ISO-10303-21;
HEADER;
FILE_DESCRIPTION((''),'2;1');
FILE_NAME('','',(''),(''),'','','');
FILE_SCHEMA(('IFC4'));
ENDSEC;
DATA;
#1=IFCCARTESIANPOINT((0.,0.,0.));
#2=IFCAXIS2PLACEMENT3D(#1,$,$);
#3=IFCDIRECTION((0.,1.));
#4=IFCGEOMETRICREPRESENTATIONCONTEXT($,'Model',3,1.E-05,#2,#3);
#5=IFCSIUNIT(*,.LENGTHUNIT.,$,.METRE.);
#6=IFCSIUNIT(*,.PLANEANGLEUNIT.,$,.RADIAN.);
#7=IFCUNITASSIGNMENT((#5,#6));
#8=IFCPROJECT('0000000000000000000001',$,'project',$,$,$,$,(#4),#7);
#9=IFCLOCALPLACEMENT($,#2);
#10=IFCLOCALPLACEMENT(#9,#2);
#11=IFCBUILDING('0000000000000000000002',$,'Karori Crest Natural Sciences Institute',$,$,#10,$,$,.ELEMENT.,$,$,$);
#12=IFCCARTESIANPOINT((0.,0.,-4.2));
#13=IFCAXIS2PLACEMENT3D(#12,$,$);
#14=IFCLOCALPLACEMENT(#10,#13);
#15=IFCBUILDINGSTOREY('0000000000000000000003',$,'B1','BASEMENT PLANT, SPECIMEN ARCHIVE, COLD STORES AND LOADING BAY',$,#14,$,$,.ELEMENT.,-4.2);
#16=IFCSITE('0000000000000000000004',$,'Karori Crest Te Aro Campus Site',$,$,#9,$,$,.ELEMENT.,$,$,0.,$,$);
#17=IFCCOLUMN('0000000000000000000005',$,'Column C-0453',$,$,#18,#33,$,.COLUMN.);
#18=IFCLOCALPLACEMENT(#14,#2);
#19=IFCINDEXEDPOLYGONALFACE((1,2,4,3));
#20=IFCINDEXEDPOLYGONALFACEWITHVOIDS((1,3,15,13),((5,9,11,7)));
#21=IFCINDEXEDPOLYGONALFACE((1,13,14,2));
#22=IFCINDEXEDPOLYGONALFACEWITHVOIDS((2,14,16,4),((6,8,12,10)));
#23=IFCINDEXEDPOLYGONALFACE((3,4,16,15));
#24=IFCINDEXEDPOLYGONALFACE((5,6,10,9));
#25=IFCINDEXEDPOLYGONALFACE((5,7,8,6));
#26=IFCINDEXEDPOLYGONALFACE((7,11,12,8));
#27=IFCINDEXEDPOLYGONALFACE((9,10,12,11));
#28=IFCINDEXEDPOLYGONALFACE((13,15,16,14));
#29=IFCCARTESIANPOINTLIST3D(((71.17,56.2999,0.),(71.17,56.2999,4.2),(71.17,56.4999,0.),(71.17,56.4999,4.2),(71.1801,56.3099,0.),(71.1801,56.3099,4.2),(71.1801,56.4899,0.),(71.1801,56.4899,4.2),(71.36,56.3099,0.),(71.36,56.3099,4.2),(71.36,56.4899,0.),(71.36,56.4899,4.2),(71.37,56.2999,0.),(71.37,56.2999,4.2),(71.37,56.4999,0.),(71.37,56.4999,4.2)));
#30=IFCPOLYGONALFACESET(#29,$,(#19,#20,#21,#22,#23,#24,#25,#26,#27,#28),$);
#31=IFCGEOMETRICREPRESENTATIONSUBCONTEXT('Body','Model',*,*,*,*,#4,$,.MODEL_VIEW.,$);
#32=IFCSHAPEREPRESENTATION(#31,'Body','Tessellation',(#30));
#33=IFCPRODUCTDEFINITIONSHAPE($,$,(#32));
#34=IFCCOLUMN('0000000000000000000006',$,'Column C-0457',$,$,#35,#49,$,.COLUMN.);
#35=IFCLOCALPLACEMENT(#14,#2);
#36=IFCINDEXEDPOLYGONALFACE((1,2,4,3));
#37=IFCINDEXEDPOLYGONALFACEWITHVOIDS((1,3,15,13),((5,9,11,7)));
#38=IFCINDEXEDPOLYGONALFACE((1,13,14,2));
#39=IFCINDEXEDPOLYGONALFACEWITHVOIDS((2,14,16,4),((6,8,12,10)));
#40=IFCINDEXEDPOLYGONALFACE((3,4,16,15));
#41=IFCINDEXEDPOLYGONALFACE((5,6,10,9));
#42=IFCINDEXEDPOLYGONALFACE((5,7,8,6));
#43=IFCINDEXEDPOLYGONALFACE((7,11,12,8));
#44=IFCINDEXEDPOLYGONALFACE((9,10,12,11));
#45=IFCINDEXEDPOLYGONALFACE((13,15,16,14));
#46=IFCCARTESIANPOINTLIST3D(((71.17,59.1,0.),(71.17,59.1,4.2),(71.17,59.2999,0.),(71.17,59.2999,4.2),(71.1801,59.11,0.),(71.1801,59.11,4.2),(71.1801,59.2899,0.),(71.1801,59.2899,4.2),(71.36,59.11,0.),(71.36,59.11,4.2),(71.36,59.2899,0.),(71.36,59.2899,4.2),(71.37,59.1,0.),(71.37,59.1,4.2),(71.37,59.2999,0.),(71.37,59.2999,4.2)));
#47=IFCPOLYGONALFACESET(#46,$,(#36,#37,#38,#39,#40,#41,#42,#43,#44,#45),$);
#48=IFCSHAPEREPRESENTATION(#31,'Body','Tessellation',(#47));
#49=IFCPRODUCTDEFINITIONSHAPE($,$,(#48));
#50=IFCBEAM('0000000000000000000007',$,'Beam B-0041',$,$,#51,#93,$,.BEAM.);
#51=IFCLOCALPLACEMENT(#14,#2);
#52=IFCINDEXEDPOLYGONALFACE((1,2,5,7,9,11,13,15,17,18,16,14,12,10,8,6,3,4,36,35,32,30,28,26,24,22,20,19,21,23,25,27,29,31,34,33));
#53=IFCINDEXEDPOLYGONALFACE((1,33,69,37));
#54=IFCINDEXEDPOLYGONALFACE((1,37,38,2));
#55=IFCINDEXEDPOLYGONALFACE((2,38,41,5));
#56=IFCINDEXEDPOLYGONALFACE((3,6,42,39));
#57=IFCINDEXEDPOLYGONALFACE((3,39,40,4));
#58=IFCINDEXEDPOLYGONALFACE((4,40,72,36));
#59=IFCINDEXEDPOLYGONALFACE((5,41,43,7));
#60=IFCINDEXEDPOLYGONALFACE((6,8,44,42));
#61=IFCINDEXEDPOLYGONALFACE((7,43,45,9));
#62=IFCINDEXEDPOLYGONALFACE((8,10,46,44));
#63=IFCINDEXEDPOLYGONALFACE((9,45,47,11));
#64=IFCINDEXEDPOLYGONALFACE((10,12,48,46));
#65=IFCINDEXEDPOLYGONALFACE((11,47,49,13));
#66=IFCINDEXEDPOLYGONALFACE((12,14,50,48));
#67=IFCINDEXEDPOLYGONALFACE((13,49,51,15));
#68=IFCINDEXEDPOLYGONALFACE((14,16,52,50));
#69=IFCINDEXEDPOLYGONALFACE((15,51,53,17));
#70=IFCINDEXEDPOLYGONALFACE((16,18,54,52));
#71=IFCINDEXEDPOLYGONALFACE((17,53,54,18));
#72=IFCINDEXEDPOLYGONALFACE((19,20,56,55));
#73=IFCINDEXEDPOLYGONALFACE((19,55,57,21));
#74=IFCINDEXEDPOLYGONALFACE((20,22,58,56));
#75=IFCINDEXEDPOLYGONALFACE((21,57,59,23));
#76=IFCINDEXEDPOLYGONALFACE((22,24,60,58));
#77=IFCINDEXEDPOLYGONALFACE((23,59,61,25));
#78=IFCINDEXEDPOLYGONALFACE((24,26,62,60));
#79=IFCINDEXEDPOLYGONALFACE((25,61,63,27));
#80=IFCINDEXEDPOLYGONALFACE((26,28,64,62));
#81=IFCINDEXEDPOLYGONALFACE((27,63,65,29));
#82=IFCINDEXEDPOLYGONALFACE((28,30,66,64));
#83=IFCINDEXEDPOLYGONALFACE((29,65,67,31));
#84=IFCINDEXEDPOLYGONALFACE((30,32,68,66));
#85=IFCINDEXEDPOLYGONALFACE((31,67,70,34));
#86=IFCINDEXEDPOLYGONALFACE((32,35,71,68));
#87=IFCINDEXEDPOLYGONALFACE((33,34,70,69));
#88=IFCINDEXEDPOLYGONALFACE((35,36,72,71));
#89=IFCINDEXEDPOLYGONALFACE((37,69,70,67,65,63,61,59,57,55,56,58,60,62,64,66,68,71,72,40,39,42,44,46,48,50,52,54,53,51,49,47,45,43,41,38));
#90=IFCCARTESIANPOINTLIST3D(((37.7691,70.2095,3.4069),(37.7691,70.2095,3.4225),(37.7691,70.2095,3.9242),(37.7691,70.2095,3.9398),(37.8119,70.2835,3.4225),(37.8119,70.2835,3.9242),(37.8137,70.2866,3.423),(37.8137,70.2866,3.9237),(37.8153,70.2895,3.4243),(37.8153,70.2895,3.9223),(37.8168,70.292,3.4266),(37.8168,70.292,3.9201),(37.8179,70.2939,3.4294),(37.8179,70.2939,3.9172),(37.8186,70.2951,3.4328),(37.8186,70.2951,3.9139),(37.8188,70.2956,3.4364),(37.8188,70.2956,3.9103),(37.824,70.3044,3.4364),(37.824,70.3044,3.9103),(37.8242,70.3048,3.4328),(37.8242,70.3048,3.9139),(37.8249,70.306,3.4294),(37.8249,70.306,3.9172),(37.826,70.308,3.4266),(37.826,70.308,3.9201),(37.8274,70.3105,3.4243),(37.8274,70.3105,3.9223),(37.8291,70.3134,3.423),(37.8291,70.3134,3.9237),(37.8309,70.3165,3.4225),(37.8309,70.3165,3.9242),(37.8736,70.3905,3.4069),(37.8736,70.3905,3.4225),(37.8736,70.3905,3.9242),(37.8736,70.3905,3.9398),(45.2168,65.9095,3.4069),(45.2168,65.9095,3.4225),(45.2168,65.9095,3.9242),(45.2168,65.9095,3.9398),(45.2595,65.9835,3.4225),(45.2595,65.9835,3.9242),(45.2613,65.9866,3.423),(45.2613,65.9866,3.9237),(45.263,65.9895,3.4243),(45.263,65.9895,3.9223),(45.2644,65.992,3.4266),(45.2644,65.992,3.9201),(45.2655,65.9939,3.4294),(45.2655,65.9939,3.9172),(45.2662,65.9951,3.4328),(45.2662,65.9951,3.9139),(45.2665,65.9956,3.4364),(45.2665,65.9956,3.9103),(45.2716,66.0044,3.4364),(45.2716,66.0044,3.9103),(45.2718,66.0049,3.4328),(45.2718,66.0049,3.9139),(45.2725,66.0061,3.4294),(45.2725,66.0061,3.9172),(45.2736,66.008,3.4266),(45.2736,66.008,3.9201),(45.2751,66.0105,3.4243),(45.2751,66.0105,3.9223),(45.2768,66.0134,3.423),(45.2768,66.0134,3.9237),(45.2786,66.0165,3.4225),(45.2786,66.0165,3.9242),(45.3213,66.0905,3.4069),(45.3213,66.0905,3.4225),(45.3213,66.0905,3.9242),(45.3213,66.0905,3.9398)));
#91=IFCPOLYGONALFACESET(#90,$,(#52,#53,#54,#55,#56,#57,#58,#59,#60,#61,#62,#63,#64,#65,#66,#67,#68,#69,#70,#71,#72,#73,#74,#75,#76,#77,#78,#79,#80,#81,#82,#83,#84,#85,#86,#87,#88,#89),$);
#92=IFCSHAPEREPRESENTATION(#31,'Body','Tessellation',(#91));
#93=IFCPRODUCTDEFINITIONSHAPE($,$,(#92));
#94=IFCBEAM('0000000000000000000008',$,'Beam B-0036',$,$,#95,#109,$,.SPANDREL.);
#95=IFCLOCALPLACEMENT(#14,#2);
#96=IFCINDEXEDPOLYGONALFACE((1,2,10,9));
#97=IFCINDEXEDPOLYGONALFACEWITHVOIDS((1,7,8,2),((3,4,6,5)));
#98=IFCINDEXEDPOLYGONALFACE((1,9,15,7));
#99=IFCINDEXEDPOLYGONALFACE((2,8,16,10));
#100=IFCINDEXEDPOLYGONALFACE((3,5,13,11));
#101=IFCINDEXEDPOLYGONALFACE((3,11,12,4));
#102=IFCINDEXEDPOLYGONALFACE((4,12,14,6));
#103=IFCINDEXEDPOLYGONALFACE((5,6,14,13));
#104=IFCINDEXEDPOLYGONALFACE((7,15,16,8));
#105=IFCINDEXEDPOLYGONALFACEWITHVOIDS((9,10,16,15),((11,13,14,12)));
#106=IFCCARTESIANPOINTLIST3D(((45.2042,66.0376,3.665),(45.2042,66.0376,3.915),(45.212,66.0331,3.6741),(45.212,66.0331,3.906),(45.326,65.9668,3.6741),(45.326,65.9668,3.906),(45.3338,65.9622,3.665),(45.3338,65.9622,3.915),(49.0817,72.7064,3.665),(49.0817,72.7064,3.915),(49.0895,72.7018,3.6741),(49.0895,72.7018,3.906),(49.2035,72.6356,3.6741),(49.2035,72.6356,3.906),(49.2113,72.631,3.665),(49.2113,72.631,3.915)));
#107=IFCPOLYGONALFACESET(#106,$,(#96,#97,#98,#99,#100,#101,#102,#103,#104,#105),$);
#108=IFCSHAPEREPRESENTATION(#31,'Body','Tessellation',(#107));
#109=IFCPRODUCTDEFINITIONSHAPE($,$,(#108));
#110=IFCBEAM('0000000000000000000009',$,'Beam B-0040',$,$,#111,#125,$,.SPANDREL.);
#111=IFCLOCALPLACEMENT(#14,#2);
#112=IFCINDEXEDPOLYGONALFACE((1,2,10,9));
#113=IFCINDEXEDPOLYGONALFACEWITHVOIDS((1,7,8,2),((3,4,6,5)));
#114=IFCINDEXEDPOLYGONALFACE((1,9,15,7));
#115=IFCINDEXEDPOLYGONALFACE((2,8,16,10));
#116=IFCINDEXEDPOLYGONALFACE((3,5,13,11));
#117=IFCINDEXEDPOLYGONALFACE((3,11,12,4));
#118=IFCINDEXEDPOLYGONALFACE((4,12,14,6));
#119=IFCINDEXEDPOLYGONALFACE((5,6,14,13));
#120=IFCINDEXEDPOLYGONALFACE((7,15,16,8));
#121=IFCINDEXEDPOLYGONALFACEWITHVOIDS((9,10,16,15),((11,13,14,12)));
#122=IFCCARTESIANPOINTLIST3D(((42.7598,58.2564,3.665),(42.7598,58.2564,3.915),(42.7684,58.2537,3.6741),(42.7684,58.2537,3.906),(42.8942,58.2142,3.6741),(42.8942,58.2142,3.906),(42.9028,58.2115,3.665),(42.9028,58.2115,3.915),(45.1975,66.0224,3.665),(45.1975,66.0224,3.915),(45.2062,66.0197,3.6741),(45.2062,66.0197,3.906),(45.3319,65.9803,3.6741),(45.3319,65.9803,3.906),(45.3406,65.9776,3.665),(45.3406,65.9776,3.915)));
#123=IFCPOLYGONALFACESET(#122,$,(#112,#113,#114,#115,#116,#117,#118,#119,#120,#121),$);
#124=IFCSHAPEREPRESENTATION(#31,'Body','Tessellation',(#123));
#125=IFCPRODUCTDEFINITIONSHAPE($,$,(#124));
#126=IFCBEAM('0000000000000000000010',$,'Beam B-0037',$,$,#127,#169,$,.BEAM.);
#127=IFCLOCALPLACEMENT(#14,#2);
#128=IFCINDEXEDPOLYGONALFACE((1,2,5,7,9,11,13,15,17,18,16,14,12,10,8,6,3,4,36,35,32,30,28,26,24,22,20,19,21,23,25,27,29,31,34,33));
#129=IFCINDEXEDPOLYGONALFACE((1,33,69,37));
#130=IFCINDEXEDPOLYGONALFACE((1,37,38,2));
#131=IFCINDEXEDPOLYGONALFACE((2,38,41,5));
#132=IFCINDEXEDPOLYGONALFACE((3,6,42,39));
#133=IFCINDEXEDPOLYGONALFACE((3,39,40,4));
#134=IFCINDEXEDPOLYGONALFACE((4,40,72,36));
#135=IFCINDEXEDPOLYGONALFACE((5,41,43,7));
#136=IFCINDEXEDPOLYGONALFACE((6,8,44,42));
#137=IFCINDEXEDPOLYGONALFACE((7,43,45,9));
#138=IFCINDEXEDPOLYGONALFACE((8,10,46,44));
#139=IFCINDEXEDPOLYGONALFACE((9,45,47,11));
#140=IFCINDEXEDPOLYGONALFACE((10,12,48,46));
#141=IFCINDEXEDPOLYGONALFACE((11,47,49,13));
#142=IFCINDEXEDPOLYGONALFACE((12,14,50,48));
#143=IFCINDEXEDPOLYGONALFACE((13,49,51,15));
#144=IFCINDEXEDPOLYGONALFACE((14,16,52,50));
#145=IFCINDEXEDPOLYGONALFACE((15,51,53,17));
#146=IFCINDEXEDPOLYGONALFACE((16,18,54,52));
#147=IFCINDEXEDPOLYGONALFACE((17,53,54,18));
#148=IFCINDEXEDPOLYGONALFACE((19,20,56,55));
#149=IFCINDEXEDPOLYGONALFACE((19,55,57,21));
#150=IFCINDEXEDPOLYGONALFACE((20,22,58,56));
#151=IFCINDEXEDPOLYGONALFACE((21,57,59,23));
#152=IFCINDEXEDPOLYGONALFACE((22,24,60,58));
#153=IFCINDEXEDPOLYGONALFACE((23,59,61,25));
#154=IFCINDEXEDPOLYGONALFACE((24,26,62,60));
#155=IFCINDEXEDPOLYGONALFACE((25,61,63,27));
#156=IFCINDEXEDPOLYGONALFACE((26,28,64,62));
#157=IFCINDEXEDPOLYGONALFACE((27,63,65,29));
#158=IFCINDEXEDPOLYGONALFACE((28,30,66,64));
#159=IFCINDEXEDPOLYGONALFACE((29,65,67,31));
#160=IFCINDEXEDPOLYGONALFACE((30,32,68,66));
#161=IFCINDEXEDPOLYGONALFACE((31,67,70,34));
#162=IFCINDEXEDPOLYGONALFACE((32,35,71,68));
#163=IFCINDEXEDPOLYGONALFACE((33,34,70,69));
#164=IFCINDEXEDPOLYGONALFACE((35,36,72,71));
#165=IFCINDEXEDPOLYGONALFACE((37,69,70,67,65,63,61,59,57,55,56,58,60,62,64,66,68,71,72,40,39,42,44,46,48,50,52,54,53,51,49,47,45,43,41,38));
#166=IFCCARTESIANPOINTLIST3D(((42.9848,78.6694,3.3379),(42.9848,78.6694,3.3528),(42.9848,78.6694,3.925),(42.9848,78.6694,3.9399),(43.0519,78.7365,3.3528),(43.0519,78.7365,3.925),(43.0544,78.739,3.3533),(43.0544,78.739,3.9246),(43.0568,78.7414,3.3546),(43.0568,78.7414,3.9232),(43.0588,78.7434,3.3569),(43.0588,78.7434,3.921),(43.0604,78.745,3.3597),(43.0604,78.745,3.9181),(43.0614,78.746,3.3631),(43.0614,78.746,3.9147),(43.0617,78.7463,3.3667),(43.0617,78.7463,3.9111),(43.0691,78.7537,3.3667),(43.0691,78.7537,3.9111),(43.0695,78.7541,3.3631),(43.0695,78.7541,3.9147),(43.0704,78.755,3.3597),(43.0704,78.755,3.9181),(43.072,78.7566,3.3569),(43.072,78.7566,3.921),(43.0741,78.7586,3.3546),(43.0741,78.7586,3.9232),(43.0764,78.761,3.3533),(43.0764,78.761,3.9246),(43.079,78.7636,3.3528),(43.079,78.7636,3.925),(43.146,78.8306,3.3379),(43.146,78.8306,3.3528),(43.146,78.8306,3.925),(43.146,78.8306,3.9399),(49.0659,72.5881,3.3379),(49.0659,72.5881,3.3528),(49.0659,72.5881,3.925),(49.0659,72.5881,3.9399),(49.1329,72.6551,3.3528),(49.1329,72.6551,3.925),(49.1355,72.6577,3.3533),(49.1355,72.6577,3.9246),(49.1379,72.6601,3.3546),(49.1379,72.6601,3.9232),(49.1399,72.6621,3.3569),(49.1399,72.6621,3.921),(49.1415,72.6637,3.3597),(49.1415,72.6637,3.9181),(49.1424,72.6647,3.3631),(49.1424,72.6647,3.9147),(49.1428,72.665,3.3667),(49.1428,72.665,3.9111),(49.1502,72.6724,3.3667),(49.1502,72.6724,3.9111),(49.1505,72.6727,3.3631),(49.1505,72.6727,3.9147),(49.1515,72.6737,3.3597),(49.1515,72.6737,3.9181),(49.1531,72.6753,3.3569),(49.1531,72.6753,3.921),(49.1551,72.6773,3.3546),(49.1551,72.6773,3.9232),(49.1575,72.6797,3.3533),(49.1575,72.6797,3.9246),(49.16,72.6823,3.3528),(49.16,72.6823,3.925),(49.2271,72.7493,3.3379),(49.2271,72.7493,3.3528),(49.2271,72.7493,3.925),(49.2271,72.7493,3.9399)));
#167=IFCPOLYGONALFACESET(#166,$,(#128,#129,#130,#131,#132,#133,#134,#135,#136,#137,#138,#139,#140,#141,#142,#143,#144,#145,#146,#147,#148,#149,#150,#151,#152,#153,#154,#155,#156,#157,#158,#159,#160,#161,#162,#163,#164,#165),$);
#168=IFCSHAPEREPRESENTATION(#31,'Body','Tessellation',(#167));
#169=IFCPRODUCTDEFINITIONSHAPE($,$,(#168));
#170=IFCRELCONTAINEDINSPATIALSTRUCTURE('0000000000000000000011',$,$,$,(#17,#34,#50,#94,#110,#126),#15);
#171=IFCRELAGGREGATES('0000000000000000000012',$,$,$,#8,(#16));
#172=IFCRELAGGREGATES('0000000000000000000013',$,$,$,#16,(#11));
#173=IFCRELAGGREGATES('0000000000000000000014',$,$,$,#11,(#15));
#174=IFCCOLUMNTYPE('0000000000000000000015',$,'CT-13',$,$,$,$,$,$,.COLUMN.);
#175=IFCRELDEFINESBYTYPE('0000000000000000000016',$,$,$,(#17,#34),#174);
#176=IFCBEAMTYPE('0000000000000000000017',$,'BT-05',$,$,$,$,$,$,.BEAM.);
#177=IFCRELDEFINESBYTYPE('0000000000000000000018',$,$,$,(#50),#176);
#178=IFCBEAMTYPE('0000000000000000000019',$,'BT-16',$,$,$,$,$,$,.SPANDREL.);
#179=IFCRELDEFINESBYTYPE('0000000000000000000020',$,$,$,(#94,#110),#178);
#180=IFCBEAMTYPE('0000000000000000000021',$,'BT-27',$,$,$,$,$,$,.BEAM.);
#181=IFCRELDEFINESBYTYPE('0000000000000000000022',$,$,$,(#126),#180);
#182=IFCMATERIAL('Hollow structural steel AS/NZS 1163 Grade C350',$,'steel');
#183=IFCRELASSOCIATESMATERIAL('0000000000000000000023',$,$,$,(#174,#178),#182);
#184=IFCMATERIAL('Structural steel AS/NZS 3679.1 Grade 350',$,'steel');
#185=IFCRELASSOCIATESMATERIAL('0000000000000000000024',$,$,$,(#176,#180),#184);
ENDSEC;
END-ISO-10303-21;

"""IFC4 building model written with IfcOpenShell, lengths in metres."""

from ifc_helpers import new_model, si_unit, direction, frame, origin, origin_2d, place, context, subcontext, project, spatial, hollow_rectangle, i_section, extrude, material, material_profile, profile_set, type_object, element, save


model = new_model("IFC4")

# Units and contexts
model_context = context("Model", 3, precision=1e-05, world=origin(), true_north=direction((0.0, 1.0)))
body_context = subcontext(model_context, "Body", "Model", "MODEL_VIEW")
ifc_project = project(units=[si_unit("LENGTHUNIT", "METRE"), si_unit("PLANEANGLEUNIT", "RADIAN")], contexts=[model_context])

# Site, building, storey
site_placement = place(None, origin())
site = spatial("IfcSite", under=ifc_project, at=site_placement, Name="Karori Crest Te Aro Campus Site", CompositionType="ELEMENT", RefElevation=0.0)
building_placement = place(site_placement, origin())
building = spatial("IfcBuilding", under=site, at=building_placement, Name="Karori Crest Natural Sciences Institute", CompositionType="ELEMENT")
storey_placement = place(building_placement, frame((0.0, 0.0, -4.2)))
storey = spatial("IfcBuildingStorey", under=building, at=storey_placement, Name="B1", Description="BASEMENT PLANT, SPECIMEN ARCHIVE, COLD STORES AND LOADING BAY", CompositionType="ELEMENT", Elevation=-4.2)

# Columns
ifc_material_1 = material(Name="Structural steel AS/NZS 3679.1 Grade 350", Category="steel")
ifc_material_2 = material(Name="Hollow structural steel AS/NZS 1163 Grade C350", Category="steel")
ifc_material_profile_1 = material_profile(ifc_material_2, hollow_rectangle(XDim=0.2, YDim=0.2, WallThickness=0.01, at=origin_2d()), Name="SHS200x200x10")
ifc_profile_set_1 = profile_set([ifc_material_profile_1], Name="Hollow structural steel AS/NZS 1163 Grade C350")
column_type_1 = type_object("IfcColumnType", Name="CT-13", PredefinedType="COLUMN", material=ifc_profile_set_1)
for number, where, z_axis, x_axis, name in (
    (1, (71.27, 56.3999, 0.0), (0.0, 0.0, 1.0), (1.0, 0.0, 0.0), "Column C-0453"),
    (2, (71.27, 59.2, 0.0), (0.0, 0.0, 1.0), (1.0, 0.0, 0.0), "Column C-0457"),
):
    element("IfcColumn", number, at=place(storey_placement, frame(where, z_axis=z_axis, x_axis=x_axis)), inside=storey, type_object=column_type_1, Name=name, PredefinedType="COLUMN", context=body_context, shape_type="SweptSolid", body=[
        extrude(hollow_rectangle(XDim=0.2, YDim=0.2, WallThickness=0.01, at=origin_2d()), origin(), (0.0, 0.0, 1.0), 4.2),
    ])

# Beams
ifc_material_profile_2 = material_profile(ifc_material_1, i_section(OverallWidth=0.209, OverallDepth=0.533, WebThickness=0.0103, FlangeThickness=0.0156, FilletRadius=0.0139, at=origin_2d()), Name="530UB92.4")
ifc_profile_set_2 = profile_set([ifc_material_profile_2], Name="Structural steel AS/NZS 3679.1 Grade 350")
beam_type_1 = type_object("IfcBeamType", Name="BT-05", PredefinedType="BEAM", material=ifc_profile_set_2)
beam_1_placement = place(storey_placement, frame((45.269, 66.0, 3.6733), z_axis=(-0.866021, 0.500008, 0.0), x_axis=(-0.500008, -0.866021, 0.0)))
element("IfcBeam", 3, at=beam_1_placement, inside=storey, type_object=beam_type_1, Name="Beam B-0041", PredefinedType="BEAM", context=body_context, shape_type="SweptSolid", body=[
    extrude(i_section(OverallWidth=0.209, OverallDepth=0.533, WebThickness=0.0103, FlangeThickness=0.0156, FilletRadius=0.0139, at=origin_2d()), origin(), (0.0, 0.0, 1.0), 8.5999),
])
ifc_material_profile_3 = material_profile(ifc_material_2, hollow_rectangle(XDim=0.1499, YDim=0.25, WallThickness=0.009, at=origin_2d()), Name="RHS250x150x9")
ifc_profile_set_3 = profile_set([ifc_material_profile_3], Name="Hollow structural steel AS/NZS 1163 Grade C350")
beam_type_2 = type_object("IfcBeamType", Name="BT-16", PredefinedType="SPANDREL", material=ifc_profile_set_3)
beam_2_placement = place(storey_placement, frame((49.1465, 72.6687, 3.79), z_axis=(-0.502649, -0.864491, 0.0), x_axis=(0.864491, -0.502649, 0.0)))
element("IfcBeam", 4, at=beam_2_placement, inside=storey, type_object=beam_type_2, Name="Beam B-0036", PredefinedType="SPANDREL", context=body_context, shape_type="SweptSolid", body=[
    extrude(hollow_rectangle(XDim=0.1499, YDim=0.25, WallThickness=0.009, at=origin_2d()), origin(), (0.0, 0.0, 1.0), 7.7141),
])
beam_3_placement = place(storey_placement, frame((45.269, 66.0, 3.79), z_axis=(-0.299487, -0.9541, 0.0), x_axis=(0.9541, -0.299487, 0.0)))
element("IfcBeam", 5, at=beam_3_placement, inside=storey, type_object=beam_type_2, Name="Beam B-0040", PredefinedType="SPANDREL", context=body_context, shape_type="SweptSolid", body=[
    extrude(hollow_rectangle(XDim=0.1499, YDim=0.25, WallThickness=0.009, at=origin_2d()), origin(), (0.0, 0.0, 1.0), 8.1396),
])
ifc_material_profile_4 = material_profile(ifc_material_1, i_section(OverallWidth=0.228, OverallDepth=0.6021, WebThickness=0.0105, FlangeThickness=0.0149, FilletRadius=0.0139, at=origin_2d()), Name="610UB101")
ifc_profile_set_4 = profile_set([ifc_material_profile_4], Name="Structural steel AS/NZS 3679.1 Grade 350")
beam_type_3 = type_object("IfcBeamType", Name="BT-27", PredefinedType="BEAM", material=ifc_profile_set_4)
beam_4_placement = place(storey_placement, frame((49.1465, 72.6687, 3.6389), z_axis=(-0.707093, 0.707121, 0.0), x_axis=(-0.707121, -0.707093, 0.0)))
element("IfcBeam", 6, at=beam_4_placement, inside=storey, type_object=beam_type_3, Name="Beam B-0037", PredefinedType="BEAM", context=body_context, shape_type="SweptSolid", body=[
    extrude(i_section(OverallWidth=0.228, OverallDepth=0.6021, WebThickness=0.0105, FlangeThickness=0.0149, FilletRadius=0.0139, at=origin_2d()), origin(), (0.0, 0.0, 1.0), 8.6001),
])

save(model, "model.ifc")
